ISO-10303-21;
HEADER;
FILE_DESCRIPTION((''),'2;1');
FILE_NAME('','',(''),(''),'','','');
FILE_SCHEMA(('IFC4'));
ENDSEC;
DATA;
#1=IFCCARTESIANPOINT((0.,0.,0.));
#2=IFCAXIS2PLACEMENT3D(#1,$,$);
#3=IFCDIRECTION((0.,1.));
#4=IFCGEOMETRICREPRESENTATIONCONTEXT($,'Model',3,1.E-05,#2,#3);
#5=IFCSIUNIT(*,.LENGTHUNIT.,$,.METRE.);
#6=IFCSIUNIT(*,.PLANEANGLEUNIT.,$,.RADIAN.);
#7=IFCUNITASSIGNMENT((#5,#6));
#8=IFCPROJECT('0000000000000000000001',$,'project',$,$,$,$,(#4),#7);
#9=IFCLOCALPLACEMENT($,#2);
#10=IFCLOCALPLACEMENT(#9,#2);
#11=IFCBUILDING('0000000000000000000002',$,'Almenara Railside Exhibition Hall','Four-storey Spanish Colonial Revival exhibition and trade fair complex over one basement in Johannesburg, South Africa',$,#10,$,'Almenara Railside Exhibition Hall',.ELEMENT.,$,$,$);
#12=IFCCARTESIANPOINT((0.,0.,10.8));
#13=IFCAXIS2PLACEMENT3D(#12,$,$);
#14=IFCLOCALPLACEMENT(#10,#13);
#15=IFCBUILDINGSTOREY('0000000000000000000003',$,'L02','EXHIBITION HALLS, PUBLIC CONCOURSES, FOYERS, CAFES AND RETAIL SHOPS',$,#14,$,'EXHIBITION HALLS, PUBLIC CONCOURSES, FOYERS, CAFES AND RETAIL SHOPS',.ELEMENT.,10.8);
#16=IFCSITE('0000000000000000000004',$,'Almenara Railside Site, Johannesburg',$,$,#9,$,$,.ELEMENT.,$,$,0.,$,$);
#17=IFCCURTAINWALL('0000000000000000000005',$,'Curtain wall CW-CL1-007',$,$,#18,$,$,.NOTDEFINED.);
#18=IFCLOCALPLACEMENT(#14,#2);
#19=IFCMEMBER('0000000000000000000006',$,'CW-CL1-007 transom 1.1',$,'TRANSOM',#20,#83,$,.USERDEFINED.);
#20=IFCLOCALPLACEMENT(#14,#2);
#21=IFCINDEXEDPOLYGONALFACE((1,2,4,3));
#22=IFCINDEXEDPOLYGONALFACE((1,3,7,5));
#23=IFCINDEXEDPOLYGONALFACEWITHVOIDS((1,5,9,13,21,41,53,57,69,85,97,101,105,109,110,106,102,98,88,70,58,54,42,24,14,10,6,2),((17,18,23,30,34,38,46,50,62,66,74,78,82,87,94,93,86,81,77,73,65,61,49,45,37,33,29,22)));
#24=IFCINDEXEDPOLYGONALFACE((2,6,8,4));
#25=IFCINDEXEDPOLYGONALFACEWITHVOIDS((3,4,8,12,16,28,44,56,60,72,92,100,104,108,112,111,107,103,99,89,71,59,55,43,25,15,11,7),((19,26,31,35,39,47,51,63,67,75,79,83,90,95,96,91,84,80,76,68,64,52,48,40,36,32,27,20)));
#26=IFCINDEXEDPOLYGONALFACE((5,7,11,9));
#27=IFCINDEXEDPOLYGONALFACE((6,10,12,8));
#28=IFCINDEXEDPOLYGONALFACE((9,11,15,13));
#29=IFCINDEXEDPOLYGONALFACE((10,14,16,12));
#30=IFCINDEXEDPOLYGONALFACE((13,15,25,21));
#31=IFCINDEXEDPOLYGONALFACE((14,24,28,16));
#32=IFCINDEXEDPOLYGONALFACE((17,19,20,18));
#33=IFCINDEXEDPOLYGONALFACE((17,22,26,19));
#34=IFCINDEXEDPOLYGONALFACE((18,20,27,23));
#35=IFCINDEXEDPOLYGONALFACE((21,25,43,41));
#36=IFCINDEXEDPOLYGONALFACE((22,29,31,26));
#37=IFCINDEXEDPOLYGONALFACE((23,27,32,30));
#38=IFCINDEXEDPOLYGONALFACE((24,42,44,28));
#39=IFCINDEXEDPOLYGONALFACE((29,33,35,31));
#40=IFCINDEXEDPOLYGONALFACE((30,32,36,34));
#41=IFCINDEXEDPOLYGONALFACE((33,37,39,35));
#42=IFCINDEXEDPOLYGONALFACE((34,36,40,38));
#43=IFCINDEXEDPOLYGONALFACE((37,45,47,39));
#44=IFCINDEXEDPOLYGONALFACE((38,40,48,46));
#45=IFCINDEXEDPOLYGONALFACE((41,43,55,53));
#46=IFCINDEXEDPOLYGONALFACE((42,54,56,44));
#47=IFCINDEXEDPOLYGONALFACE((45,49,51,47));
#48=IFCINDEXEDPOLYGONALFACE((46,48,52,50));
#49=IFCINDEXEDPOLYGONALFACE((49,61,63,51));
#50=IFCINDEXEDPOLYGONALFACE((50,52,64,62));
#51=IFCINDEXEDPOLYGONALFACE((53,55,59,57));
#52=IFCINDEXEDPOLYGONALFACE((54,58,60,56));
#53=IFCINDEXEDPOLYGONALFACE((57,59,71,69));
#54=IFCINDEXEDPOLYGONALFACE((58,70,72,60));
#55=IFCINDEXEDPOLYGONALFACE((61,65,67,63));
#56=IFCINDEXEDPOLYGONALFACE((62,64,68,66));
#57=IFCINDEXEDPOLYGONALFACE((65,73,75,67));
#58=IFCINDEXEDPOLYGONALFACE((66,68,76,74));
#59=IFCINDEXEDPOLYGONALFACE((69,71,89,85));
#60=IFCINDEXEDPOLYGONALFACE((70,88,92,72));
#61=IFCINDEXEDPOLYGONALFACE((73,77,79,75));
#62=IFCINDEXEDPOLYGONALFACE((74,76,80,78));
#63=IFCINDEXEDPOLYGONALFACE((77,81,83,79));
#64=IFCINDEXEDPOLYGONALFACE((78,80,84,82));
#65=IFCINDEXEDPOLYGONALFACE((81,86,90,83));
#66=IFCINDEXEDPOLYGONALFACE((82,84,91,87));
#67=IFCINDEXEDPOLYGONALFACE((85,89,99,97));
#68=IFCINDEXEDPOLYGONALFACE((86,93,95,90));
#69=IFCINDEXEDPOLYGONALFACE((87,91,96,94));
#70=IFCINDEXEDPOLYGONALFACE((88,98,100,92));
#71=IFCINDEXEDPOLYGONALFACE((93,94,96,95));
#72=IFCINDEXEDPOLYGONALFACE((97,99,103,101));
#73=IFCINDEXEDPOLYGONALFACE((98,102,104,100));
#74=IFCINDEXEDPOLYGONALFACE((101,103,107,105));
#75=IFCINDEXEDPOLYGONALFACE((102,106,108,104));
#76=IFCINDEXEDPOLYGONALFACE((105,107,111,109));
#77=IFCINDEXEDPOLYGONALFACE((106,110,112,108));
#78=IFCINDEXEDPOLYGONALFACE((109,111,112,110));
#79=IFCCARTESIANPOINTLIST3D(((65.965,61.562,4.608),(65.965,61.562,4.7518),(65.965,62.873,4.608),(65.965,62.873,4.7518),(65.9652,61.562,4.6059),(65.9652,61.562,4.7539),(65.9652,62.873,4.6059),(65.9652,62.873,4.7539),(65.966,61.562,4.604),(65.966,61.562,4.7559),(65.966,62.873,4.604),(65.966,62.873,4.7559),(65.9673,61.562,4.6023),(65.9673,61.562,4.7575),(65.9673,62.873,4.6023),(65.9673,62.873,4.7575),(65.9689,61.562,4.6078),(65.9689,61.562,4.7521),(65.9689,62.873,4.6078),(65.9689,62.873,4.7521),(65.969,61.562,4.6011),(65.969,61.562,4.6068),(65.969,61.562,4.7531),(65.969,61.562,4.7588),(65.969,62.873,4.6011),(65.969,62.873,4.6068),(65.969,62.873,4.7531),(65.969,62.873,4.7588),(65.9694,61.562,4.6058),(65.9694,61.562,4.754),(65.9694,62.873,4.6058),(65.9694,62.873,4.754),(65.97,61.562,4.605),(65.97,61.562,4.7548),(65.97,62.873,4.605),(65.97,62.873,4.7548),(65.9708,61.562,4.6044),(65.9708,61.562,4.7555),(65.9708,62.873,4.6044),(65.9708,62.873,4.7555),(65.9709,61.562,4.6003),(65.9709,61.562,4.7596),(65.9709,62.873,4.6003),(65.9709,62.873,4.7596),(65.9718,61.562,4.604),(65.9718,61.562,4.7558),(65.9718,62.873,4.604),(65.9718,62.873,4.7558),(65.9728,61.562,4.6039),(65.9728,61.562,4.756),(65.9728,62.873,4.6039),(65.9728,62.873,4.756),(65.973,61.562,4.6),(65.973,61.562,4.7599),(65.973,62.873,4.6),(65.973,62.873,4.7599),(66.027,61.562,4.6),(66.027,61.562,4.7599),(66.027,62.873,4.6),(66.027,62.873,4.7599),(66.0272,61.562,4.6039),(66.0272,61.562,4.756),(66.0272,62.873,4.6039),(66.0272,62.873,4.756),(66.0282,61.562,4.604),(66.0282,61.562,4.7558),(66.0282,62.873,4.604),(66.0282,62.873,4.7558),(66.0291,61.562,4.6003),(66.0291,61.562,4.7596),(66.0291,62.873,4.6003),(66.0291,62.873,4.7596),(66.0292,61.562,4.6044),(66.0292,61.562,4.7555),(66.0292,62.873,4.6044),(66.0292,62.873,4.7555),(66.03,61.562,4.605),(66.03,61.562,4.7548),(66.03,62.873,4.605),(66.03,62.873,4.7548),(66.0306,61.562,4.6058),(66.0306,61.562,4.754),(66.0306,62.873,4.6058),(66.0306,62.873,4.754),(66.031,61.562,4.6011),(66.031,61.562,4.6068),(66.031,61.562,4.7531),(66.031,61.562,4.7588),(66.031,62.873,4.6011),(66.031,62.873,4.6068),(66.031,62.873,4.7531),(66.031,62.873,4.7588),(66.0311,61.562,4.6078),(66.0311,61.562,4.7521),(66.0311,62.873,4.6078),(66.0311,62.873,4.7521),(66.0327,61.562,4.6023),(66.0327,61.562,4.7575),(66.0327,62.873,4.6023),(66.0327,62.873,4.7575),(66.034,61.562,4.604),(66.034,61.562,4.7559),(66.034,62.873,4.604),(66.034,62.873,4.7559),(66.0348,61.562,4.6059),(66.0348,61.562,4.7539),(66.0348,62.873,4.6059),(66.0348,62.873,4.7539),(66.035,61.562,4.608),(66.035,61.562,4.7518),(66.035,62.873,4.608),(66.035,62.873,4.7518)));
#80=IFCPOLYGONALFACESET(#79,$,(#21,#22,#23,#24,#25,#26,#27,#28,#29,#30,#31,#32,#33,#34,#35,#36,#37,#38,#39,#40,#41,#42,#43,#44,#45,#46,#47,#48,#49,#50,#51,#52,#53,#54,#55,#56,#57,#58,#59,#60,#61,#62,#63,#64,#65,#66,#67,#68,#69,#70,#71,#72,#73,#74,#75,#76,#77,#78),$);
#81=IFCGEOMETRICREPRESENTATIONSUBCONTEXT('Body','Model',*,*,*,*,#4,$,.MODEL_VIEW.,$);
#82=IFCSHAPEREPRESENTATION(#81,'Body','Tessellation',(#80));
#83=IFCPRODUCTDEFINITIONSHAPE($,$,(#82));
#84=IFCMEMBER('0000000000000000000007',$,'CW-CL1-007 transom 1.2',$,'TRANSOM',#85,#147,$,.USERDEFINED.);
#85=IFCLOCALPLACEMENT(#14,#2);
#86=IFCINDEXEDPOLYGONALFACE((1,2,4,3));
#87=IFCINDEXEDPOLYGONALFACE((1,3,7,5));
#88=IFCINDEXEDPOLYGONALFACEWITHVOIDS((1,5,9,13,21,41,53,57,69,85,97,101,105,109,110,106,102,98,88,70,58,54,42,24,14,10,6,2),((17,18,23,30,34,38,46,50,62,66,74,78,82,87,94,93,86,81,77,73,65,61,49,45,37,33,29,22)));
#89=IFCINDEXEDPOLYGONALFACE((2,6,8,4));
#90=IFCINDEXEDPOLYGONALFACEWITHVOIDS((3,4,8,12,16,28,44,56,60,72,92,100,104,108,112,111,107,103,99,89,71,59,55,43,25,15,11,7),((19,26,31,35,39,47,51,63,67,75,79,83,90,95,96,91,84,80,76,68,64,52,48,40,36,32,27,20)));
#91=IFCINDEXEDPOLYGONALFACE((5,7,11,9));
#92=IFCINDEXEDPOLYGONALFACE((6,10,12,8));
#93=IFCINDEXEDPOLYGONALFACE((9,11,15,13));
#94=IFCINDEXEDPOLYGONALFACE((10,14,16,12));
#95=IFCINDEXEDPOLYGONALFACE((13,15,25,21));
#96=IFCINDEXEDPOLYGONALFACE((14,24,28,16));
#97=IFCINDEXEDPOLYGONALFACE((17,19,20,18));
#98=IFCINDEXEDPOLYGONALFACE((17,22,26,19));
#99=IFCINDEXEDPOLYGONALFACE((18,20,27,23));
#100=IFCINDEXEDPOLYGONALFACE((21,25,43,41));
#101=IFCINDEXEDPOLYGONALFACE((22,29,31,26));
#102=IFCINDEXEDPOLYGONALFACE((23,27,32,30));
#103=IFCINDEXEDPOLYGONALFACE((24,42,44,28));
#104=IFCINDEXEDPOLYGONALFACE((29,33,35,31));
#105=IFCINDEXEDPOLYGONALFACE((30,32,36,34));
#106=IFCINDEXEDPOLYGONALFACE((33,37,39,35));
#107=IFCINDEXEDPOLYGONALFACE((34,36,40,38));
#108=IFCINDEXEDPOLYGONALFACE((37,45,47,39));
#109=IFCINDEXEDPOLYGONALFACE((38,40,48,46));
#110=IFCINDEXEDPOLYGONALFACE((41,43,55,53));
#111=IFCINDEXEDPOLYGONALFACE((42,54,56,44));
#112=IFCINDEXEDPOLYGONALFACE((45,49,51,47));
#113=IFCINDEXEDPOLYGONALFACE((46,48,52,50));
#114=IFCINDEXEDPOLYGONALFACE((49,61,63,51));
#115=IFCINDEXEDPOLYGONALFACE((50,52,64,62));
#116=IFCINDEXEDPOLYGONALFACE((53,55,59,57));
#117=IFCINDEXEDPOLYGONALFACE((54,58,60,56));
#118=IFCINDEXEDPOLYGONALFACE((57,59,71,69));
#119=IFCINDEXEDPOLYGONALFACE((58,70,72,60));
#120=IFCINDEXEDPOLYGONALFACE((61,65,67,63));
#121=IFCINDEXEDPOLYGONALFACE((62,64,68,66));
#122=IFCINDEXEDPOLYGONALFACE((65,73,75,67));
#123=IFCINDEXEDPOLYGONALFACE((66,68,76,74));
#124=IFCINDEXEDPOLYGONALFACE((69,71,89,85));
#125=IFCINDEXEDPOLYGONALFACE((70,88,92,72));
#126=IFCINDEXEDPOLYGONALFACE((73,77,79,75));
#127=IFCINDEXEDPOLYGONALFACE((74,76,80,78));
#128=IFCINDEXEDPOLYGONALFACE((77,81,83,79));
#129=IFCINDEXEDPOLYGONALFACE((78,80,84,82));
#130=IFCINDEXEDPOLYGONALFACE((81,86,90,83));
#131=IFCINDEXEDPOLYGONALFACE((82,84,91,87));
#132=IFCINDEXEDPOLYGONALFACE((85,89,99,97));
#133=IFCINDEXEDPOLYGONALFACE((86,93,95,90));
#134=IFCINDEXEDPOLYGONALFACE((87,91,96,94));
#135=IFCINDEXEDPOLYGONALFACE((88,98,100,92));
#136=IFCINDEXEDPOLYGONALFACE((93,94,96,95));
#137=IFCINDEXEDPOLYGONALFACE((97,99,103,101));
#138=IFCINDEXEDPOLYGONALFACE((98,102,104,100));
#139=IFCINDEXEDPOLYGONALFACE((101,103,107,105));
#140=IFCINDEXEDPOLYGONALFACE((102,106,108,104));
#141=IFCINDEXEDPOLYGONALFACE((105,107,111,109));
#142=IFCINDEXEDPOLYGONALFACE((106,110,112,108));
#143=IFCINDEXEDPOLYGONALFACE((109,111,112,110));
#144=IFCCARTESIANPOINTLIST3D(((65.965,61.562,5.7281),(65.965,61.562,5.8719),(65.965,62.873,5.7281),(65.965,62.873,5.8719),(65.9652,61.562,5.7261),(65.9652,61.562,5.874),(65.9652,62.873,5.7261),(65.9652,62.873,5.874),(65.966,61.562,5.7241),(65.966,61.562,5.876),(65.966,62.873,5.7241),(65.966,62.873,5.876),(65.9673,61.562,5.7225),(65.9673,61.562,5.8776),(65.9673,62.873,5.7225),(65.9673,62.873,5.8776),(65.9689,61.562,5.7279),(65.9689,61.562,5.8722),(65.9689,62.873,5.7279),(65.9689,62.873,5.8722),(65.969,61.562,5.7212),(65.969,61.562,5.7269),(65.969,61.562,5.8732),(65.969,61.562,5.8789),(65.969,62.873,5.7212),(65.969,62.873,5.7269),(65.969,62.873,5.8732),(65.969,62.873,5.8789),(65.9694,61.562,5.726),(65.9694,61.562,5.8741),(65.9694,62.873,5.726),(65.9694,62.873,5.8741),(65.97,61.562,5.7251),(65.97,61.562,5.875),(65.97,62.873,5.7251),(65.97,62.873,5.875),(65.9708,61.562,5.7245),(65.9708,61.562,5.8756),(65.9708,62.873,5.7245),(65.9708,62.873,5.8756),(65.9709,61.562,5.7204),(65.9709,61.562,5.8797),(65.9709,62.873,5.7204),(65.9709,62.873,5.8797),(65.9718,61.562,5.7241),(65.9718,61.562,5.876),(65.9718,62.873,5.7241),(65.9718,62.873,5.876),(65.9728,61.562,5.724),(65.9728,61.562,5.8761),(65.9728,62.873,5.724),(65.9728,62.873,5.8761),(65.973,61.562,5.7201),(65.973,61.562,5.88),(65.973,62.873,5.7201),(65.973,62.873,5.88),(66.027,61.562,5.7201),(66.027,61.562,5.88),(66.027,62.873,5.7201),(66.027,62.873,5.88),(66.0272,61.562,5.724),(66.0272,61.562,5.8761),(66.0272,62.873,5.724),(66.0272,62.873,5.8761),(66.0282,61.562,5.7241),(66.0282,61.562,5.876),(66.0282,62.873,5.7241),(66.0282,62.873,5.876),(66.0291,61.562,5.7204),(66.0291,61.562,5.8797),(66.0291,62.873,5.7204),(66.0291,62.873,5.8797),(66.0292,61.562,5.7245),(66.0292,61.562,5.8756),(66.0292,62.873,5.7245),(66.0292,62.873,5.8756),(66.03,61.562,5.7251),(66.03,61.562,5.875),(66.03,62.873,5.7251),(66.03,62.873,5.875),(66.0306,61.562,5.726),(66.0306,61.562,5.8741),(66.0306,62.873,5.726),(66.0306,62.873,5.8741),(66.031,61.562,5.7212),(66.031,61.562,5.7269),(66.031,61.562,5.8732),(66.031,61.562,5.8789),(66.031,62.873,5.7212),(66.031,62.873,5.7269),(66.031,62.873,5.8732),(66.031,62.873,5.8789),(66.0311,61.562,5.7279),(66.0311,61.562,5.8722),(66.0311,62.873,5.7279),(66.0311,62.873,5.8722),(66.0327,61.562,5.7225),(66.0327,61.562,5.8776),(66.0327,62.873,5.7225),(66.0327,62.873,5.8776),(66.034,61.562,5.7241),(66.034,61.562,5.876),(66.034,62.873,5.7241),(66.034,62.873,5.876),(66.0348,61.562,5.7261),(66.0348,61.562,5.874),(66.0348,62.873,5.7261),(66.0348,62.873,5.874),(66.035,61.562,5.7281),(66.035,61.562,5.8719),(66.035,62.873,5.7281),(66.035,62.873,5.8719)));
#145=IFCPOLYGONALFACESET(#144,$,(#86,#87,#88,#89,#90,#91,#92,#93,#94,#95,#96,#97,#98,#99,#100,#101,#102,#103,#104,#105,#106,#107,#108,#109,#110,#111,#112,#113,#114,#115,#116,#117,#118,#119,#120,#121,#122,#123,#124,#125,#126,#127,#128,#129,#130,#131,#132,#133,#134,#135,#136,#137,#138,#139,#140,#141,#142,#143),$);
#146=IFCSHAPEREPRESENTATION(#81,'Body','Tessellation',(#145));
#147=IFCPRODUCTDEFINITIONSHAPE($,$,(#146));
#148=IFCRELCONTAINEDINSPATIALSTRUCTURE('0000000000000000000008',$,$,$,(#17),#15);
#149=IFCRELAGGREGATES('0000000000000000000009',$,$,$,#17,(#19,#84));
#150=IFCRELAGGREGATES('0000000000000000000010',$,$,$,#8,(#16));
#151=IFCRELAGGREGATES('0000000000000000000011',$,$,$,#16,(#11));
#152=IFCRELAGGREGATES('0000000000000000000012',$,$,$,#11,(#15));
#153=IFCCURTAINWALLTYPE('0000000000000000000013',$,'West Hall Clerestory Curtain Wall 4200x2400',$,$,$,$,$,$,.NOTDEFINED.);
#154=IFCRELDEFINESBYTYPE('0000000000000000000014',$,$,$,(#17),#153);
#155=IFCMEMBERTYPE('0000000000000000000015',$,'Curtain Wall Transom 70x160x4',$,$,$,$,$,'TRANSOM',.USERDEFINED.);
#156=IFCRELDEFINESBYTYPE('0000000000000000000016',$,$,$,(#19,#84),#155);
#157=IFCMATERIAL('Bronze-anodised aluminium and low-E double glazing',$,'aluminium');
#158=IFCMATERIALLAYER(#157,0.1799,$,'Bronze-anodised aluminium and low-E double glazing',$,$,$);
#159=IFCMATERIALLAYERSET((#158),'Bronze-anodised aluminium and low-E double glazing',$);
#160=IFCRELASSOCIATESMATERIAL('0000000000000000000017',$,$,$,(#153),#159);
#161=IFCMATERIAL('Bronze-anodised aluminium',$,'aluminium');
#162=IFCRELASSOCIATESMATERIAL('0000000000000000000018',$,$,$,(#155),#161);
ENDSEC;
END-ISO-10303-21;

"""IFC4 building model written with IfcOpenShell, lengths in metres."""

from ifc_helpers import new_model, si_unit, direction, frame, origin, origin_2d, place, context, subcontext, project, spatial, hollow_rectangle, extrude, material, layer, layer_set, material_profile, profile_set, type_object, element, aggregate, save


model = new_model("IFC4")

# Units and contexts
model_context = context("Model", 3, precision=1e-05, world=origin(), true_north=direction((0.0, 1.0)))
body_context = subcontext(model_context, "Body", "Model", "MODEL_VIEW")
ifc_project = project(units=[si_unit("LENGTHUNIT", "METRE"), si_unit("PLANEANGLEUNIT", "RADIAN")], contexts=[model_context])

# Site, building, storey
site_placement = place(None, origin())
site = spatial("IfcSite", under=ifc_project, at=site_placement, Name="Almenara Railside Site, Johannesburg", CompositionType="ELEMENT", RefElevation=0.0)
building_placement = place(site_placement, origin())
building = spatial("IfcBuilding", under=site, at=building_placement, Name="Almenara Railside Exhibition Hall", Description="Four-storey Spanish Colonial Revival exhibition and trade fair complex over one basement in Johannesburg, South Africa", LongName="Almenara Railside Exhibition Hall", CompositionType="ELEMENT")
storey_placement = place(building_placement, frame((0.0, 0.0, 10.8)))
storey = spatial("IfcBuildingStorey", under=building, at=storey_placement, Name="L02", Description="EXHIBITION HALLS, PUBLIC CONCOURSES, FOYERS, CAFES AND RETAIL SHOPS", LongName="EXHIBITION HALLS, PUBLIC CONCOURSES, FOYERS, CAFES AND RETAIL SHOPS", CompositionType="ELEMENT", Elevation=10.8)

# Shared definitions
ifc_material_1 = material(Name="Bronze-anodised aluminium and low-E double glazing", Category="aluminium")
ifc_material_2 = material(Name="Bronze-anodised aluminium", Category="aluminium")

# Curtain wall
ifc_layer_1 = layer(ifc_material_1, 0.1799, Name="Bronze-anodised aluminium and low-E double glazing")
ifc_layer_set_1 = layer_set([ifc_layer_1], Name="Bronze-anodised aluminium and low-E double glazing")
curtain_wall_type_1 = type_object("IfcCurtainWallType", Name="West Hall Clerestory Curtain Wall 4200x2400", PredefinedType="NOTDEFINED", material=ifc_layer_set_1)
curtain_wall_1_placement = place(storey_placement, origin())
curtain_wall_1 = element("IfcCurtainWall", 1, at=curtain_wall_1_placement, inside=storey, type_object=curtain_wall_type_1, Name="Curtain wall CW-CL1-007", PredefinedType="NOTDEFINED")

# Members
ifc_material_profile_1 = material_profile(ifc_material_2, hollow_rectangle(XDim=0.0701, YDim=0.1599, WallThickness=0.0039, InnerFilletRadius=0.0039, OuterFilletRadius=0.0081, at=origin_2d()), Name="ALU-TRN 70x160x4")
ifc_profile_set_1 = profile_set([ifc_material_profile_1], Name="Bronze-anodised aluminium")
member_type_1 = type_object("IfcMemberType", Name="Curtain Wall Transom 70x160x4", ElementType="TRANSOM", PredefinedType="USERDEFINED", material=ifc_profile_set_1)
member_1_placement = place(storey_placement, frame((66.0, 61.562, 4.6799), z_axis=(0.0, 1.0, 0.0), x_axis=(-1.0, 0.0, 0.0)))
member_1 = element("IfcMember", 2, at=member_1_placement, type_object=member_type_1, Name="CW-CL1-007 transom 1.1", ObjectType="TRANSOM", PredefinedType="USERDEFINED", context=body_context, shape_type="SweptSolid", body=[
    extrude(hollow_rectangle(XDim=0.0701, YDim=0.1599, WallThickness=0.0039, InnerFilletRadius=0.0039, OuterFilletRadius=0.0081, at=origin_2d()), origin(), (0.0, 0.0, 1.0), 1.311),
])
member_2_placement = place(storey_placement, frame((66.0, 61.562, 5.8), z_axis=(0.0, 1.0, 0.0), x_axis=(-1.0, 0.0, 0.0)))
member_2 = element("IfcMember", 3, at=member_2_placement, type_object=member_type_1, Name="CW-CL1-007 transom 1.2", ObjectType="TRANSOM", PredefinedType="USERDEFINED", context=body_context, shape_type="SweptSolid", body=[
    extrude(hollow_rectangle(XDim=0.0701, YDim=0.1599, WallThickness=0.0039, InnerFilletRadius=0.0039, OuterFilletRadius=0.0081, at=origin_2d()), origin(), (0.0, 0.0, 1.0), 1.311),
])

aggregate(curtain_wall_1, [member_1, member_2])

save(model, "model.ifc")
